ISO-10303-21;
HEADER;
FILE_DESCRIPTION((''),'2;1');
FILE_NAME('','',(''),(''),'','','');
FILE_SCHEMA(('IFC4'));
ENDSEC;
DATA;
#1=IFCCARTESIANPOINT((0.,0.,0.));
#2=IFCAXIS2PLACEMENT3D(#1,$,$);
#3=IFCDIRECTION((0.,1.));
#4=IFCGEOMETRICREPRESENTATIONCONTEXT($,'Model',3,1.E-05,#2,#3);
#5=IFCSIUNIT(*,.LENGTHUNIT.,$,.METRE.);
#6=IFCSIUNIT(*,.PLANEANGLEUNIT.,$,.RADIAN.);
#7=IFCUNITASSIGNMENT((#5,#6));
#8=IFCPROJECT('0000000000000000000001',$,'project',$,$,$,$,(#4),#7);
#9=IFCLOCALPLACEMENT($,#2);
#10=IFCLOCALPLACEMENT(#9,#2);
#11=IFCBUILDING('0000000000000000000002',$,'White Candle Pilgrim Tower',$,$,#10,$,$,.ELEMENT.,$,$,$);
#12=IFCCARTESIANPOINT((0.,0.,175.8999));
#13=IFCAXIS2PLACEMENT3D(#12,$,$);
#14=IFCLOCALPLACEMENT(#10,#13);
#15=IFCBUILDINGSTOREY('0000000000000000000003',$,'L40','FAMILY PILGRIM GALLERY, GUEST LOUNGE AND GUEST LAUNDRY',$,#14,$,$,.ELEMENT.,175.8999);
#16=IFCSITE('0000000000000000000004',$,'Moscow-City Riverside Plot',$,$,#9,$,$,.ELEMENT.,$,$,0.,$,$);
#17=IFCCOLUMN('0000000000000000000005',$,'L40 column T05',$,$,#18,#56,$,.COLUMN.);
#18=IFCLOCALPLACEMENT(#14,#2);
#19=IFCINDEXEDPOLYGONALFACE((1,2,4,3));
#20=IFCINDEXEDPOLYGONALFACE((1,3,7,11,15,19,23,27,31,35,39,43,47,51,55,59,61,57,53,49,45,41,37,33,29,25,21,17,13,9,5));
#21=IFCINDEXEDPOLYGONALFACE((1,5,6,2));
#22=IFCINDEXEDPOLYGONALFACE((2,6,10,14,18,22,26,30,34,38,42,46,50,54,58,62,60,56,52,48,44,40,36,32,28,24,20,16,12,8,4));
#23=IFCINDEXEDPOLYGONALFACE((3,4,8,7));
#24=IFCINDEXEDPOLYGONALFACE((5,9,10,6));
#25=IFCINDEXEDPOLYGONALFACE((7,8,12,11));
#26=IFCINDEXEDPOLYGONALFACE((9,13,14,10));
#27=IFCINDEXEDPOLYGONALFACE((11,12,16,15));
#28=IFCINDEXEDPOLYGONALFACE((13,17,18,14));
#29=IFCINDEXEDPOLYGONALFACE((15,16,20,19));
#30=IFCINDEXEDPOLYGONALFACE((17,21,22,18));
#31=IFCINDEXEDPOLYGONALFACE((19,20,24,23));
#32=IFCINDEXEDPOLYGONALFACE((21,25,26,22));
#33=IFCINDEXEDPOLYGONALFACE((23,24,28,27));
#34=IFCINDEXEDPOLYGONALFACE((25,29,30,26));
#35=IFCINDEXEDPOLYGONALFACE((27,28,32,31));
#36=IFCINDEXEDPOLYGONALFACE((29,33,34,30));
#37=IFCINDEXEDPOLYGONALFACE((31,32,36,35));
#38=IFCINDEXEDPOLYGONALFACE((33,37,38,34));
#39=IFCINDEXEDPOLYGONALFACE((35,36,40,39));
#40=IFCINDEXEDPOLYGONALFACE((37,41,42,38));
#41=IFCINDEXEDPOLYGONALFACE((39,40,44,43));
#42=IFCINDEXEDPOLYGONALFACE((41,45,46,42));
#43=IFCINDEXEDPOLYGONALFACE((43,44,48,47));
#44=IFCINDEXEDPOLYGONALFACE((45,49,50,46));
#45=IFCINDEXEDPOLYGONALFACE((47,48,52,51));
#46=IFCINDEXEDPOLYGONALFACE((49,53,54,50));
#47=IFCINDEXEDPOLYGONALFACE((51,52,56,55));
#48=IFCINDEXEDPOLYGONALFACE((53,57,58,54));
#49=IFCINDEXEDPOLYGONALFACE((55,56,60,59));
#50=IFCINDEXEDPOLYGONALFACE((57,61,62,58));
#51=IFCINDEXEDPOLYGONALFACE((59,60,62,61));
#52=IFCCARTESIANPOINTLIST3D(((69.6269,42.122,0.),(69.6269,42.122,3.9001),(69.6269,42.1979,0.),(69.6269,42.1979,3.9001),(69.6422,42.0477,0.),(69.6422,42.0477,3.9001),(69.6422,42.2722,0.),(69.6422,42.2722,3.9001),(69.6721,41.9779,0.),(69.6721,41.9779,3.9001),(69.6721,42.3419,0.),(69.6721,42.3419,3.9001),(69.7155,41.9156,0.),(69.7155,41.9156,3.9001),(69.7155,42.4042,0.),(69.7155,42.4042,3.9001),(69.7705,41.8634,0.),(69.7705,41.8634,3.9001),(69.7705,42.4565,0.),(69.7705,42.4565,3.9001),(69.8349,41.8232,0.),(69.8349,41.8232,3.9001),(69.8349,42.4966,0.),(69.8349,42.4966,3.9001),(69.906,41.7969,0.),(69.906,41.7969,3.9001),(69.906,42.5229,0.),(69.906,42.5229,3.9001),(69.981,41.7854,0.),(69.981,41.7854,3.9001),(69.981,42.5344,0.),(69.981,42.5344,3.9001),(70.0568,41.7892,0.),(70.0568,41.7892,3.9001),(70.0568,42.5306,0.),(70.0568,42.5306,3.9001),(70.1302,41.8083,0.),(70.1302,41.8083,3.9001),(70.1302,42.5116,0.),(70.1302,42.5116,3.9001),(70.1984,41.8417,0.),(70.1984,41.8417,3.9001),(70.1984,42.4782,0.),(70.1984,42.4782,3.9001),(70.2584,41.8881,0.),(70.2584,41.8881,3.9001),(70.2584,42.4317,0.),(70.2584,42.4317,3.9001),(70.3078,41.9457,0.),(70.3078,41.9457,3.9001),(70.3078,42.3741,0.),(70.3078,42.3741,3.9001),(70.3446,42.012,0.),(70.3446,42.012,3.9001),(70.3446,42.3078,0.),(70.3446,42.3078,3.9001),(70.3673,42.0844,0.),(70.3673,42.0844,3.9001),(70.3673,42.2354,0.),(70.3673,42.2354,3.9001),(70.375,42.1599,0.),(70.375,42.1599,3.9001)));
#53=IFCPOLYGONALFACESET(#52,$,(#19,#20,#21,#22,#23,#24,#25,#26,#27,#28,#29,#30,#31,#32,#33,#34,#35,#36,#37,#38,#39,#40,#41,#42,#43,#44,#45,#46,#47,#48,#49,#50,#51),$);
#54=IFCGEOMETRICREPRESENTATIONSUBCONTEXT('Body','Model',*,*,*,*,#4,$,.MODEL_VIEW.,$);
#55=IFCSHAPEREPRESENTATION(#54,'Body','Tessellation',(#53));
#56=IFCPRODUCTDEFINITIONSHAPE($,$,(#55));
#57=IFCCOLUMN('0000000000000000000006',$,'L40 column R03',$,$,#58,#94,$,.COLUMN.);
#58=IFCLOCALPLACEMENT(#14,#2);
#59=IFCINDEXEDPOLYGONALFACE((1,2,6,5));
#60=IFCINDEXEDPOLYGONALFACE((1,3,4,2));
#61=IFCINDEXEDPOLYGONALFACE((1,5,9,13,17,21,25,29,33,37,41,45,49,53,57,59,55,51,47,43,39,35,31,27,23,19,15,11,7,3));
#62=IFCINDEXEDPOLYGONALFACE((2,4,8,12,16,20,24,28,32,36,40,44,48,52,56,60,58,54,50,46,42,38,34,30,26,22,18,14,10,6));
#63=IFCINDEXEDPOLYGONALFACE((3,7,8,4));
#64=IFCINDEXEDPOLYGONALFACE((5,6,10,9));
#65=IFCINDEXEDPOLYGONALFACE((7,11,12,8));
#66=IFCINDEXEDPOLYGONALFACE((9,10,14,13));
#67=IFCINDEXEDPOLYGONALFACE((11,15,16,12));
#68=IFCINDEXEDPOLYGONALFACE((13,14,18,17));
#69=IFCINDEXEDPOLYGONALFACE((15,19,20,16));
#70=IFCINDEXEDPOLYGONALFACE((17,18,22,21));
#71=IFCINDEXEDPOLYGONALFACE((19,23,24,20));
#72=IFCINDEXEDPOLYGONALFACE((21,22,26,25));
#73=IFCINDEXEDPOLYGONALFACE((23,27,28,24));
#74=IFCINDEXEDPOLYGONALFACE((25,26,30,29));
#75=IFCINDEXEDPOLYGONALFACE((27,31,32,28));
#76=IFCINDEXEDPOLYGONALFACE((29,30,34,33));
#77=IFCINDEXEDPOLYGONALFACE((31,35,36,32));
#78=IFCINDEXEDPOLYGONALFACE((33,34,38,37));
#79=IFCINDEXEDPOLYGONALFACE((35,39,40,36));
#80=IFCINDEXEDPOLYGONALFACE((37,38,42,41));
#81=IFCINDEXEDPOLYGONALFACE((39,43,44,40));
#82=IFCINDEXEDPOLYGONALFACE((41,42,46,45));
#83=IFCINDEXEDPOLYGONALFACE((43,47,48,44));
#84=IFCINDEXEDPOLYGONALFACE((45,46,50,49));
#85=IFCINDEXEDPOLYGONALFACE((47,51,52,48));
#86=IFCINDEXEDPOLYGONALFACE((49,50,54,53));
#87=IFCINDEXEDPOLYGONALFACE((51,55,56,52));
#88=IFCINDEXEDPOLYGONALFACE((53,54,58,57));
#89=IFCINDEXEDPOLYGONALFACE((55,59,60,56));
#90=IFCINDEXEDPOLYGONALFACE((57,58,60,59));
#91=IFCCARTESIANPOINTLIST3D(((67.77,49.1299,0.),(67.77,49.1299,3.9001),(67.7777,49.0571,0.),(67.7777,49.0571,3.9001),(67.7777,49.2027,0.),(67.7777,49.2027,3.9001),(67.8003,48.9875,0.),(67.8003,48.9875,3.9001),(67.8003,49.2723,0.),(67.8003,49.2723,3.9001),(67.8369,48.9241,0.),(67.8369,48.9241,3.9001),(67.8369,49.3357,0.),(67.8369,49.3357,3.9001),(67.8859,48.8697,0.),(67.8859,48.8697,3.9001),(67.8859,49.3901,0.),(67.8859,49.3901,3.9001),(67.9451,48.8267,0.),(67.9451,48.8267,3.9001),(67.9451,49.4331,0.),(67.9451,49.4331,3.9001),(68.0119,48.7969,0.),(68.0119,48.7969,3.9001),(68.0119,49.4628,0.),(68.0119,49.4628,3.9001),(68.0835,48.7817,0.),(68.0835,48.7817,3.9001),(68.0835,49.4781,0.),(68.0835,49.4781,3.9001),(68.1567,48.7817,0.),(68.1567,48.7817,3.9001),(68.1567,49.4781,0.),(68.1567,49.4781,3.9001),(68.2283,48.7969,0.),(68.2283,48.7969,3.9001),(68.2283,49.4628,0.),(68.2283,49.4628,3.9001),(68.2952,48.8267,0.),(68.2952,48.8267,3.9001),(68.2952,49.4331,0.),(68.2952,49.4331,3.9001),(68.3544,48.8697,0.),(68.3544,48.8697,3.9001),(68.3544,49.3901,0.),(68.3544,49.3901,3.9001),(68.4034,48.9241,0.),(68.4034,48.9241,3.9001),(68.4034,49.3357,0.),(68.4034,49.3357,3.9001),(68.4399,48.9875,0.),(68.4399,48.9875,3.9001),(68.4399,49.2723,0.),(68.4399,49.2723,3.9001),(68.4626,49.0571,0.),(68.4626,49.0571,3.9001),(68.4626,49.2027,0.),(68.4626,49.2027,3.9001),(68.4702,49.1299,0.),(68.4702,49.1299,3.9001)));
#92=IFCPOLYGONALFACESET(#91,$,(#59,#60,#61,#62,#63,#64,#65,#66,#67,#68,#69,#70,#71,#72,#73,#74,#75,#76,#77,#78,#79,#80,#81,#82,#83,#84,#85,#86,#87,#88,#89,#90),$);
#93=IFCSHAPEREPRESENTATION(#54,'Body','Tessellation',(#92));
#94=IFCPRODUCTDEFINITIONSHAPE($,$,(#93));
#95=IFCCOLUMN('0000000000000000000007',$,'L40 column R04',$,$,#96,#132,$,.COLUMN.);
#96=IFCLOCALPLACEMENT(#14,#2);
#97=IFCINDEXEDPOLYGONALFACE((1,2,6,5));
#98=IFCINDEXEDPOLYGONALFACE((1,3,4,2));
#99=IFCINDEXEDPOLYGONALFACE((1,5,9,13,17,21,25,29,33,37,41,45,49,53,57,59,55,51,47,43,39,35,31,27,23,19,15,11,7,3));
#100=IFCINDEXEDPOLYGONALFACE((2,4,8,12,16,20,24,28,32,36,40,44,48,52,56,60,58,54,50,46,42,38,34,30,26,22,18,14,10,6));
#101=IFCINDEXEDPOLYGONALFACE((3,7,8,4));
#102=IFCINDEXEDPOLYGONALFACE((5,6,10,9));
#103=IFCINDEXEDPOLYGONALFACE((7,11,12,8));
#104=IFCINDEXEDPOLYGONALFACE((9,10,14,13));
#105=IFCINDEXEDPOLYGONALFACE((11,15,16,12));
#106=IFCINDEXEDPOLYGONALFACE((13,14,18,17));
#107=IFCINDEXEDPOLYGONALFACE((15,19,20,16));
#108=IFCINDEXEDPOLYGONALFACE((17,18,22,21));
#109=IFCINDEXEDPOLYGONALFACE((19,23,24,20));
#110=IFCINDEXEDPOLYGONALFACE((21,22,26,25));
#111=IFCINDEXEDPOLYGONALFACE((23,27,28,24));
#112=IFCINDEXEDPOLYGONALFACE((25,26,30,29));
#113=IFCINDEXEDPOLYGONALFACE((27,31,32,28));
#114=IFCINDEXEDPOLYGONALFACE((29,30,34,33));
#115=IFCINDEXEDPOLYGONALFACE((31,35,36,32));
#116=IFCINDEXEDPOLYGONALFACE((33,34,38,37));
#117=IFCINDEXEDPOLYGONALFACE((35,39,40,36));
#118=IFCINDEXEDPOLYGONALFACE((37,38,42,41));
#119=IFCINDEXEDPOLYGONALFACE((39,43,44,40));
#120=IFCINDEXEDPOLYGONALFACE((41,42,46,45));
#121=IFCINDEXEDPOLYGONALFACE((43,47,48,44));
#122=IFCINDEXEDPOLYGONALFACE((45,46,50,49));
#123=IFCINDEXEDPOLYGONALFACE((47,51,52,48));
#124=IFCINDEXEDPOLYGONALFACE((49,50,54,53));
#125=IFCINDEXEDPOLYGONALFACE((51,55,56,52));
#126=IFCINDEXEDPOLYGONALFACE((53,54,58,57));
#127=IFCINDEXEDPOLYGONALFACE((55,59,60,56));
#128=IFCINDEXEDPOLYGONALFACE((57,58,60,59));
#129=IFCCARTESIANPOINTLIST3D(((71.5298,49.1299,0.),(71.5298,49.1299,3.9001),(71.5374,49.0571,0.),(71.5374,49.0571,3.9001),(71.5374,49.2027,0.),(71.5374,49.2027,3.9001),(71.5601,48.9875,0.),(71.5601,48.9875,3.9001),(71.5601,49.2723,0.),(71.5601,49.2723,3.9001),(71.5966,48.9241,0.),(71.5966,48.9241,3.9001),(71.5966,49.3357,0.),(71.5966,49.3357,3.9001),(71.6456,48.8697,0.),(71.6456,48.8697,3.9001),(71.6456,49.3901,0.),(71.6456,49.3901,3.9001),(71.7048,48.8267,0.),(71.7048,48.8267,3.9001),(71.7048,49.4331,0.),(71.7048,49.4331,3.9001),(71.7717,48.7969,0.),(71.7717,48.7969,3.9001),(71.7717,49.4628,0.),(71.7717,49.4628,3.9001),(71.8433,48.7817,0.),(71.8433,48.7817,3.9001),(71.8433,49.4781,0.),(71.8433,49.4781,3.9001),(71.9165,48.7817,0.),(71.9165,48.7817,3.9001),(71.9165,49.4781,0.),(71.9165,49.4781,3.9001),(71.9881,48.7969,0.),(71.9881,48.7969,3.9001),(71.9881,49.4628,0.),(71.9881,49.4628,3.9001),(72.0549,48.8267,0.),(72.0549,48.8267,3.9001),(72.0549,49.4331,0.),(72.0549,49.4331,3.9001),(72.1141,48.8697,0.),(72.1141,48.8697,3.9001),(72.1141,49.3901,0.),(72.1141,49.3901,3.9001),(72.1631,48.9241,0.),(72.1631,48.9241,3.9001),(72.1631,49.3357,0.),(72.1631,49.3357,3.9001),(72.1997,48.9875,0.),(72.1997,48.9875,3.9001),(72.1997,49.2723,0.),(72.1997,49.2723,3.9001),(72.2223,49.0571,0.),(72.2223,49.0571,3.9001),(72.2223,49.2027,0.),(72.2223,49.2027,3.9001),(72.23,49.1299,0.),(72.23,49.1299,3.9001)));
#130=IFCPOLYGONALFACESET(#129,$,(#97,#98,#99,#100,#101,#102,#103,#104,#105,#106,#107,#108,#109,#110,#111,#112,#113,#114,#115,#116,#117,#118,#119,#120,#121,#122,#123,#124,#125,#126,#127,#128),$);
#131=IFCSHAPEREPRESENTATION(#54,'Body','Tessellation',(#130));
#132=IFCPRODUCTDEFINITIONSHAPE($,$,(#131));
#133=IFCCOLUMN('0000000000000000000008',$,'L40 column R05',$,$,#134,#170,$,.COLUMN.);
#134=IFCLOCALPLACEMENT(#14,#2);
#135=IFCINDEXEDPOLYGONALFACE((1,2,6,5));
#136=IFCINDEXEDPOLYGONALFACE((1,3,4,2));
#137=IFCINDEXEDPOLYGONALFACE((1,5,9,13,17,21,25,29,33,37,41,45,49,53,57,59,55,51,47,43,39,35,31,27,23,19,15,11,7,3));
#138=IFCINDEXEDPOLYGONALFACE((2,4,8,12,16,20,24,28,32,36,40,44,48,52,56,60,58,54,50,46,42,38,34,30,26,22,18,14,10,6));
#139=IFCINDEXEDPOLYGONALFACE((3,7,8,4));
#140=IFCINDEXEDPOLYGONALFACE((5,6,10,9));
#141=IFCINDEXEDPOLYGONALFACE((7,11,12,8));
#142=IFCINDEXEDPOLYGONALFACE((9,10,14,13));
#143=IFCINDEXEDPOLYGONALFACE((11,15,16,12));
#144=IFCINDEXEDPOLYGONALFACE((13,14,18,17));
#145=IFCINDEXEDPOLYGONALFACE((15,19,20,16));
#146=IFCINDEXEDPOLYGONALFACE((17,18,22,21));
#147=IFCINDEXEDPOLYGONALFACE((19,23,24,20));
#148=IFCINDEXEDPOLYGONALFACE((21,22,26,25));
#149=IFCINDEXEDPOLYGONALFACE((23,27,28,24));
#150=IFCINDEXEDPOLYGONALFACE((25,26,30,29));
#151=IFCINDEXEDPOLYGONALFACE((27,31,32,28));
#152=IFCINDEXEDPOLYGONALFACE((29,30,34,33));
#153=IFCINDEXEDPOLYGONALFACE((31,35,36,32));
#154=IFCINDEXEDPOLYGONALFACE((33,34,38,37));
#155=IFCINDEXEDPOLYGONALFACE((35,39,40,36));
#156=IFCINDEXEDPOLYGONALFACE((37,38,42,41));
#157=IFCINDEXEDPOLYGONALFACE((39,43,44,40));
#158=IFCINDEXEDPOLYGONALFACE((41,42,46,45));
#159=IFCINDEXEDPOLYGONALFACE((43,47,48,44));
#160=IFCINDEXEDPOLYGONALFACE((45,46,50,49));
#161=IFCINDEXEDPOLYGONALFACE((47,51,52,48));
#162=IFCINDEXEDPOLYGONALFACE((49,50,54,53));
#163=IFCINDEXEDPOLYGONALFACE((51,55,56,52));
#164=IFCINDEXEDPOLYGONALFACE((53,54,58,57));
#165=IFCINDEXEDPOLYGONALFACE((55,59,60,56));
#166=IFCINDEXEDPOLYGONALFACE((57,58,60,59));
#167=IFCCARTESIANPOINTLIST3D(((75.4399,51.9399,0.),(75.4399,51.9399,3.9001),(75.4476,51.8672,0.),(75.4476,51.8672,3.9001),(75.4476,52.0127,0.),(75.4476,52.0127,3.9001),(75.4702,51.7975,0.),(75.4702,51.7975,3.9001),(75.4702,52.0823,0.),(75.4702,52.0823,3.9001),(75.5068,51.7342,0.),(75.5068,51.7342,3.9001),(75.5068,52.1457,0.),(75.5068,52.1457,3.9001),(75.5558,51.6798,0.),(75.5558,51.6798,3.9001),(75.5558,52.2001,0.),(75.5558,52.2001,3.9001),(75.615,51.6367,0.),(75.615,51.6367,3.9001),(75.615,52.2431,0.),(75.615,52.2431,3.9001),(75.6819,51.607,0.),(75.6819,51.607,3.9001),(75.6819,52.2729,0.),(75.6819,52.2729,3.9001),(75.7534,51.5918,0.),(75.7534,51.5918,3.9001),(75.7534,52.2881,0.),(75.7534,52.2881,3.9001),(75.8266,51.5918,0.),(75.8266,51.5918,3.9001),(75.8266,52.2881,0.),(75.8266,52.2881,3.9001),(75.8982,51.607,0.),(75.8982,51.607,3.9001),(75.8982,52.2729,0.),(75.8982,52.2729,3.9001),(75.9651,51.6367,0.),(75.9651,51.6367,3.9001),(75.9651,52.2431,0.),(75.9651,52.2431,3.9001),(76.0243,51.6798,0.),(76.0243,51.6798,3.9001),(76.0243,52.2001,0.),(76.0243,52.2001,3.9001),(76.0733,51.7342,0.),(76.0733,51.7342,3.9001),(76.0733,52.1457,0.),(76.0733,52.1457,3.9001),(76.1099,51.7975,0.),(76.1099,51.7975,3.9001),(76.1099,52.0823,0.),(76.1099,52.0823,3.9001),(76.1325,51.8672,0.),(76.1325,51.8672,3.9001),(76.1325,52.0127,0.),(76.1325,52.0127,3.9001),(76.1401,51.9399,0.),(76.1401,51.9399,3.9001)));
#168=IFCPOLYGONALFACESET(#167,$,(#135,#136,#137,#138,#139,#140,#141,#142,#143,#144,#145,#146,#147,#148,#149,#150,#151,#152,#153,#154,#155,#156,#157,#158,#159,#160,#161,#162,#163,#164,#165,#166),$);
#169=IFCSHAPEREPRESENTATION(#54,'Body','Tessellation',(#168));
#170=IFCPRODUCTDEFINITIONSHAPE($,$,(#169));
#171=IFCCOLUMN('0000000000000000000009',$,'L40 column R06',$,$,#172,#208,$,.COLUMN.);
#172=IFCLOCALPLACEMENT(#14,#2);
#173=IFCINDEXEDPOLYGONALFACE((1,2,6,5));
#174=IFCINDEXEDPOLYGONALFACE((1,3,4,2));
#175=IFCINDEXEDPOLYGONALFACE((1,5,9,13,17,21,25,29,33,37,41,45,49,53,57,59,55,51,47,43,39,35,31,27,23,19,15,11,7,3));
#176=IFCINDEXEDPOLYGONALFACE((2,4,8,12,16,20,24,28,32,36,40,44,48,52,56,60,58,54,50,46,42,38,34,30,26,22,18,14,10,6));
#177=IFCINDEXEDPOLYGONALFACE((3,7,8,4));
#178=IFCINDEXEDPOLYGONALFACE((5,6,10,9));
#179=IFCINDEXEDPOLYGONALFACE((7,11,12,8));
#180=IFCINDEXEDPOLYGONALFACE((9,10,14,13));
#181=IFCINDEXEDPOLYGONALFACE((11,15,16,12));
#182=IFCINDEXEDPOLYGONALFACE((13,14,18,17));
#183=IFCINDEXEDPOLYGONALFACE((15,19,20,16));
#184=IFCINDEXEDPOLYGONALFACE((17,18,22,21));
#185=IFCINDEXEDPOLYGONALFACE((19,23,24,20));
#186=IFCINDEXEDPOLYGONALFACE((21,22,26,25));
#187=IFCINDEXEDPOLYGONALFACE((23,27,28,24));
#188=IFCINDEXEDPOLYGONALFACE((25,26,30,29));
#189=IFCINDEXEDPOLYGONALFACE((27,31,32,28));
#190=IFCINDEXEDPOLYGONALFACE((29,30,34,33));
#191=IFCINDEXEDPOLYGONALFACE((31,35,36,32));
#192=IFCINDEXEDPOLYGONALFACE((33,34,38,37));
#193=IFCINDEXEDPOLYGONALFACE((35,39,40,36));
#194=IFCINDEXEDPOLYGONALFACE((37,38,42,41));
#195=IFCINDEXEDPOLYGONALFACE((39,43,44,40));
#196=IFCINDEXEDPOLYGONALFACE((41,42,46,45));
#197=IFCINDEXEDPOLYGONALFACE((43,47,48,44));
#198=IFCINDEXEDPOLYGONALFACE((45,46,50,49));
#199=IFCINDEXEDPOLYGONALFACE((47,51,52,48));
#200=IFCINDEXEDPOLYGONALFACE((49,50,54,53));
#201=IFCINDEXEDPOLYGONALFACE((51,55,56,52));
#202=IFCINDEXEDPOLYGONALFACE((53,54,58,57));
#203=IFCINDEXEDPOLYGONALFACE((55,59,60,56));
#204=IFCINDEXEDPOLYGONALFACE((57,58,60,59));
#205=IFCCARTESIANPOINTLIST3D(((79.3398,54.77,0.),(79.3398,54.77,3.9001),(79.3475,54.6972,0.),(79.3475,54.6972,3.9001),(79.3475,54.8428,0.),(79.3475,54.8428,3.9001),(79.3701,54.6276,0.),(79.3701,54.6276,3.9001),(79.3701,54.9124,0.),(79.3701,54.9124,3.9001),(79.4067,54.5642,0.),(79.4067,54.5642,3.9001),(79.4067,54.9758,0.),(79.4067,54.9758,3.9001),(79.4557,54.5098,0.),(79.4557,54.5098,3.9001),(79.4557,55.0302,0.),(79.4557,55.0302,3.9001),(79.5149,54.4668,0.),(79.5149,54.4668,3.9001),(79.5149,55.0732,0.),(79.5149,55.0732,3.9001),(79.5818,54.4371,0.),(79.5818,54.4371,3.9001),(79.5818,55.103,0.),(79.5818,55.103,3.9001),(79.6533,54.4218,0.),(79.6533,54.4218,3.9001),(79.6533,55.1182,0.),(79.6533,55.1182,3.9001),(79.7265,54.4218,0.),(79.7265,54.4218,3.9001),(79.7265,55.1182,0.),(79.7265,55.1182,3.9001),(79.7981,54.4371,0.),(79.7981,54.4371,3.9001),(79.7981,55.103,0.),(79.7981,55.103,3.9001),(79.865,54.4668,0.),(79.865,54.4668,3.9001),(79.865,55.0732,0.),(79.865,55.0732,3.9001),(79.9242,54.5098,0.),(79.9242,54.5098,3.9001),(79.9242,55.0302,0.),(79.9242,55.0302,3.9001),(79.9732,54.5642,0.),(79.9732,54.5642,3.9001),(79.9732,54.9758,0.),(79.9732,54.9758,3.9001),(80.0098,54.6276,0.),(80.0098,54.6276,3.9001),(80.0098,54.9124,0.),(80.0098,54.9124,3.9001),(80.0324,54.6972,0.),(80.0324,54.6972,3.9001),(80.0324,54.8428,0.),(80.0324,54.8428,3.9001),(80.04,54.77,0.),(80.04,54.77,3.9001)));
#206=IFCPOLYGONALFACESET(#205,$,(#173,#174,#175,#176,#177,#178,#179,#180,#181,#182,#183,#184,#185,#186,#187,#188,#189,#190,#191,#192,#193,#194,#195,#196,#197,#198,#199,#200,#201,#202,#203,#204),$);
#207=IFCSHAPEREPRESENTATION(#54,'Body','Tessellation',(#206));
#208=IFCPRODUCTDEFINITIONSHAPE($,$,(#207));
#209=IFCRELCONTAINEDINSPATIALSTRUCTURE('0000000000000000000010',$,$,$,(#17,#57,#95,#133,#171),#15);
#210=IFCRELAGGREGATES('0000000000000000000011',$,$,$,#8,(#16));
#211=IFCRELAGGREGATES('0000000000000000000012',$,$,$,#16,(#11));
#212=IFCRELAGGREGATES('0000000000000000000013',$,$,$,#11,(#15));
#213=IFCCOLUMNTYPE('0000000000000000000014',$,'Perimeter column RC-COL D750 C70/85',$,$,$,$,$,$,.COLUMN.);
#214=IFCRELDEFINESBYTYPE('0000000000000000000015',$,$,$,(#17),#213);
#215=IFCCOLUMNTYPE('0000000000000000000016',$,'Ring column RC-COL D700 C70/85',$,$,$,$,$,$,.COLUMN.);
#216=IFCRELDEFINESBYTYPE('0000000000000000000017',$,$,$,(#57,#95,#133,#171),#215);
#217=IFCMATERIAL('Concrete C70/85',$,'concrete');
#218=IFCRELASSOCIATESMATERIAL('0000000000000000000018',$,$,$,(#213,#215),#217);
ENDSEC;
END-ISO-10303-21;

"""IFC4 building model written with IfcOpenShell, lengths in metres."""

from ifc_helpers import new_model, si_unit, direction, frame, origin, origin_2d, place, context, subcontext, project, spatial, circle, extrude, material, material_profile, profile_set, type_object, element, save


model = new_model("IFC4")

# Units and contexts
model_context = context("Model", 3, precision=1e-05, world=origin(), true_north=direction((0.0, 1.0)))
body_context = subcontext(model_context, "Body", "Model", "MODEL_VIEW")
ifc_project = project(units=[si_unit("LENGTHUNIT", "METRE"), si_unit("PLANEANGLEUNIT", "RADIAN")], contexts=[model_context])

# Site, building, storey
site_placement = place(None, origin())
site = spatial("IfcSite", under=ifc_project, at=site_placement, Name="Moscow-City Riverside Plot", CompositionType="ELEMENT", RefElevation=0.0)
building_placement = place(site_placement, origin())
building = spatial("IfcBuilding", under=site, at=building_placement, Name="White Candle Pilgrim Tower", CompositionType="ELEMENT")
storey_placement = place(building_placement, frame((0.0, 0.0, 175.8999)))
storey = spatial("IfcBuildingStorey", under=building, at=storey_placement, Name="L40", Description="FAMILY PILGRIM GALLERY, GUEST LOUNGE AND GUEST LAUNDRY", CompositionType="ELEMENT", Elevation=175.8999)

# Columns
ifc_material_1 = material(Name="Concrete C70/85", Category="concrete")
ifc_material_profile_1 = material_profile(ifc_material_1, circle(Radius=0.375, at=origin_2d()), Name="RC-COL D750")
ifc_profile_set_1 = profile_set([ifc_material_profile_1], Name="Concrete C70/85")
column_type_1 = type_object("IfcColumnType", Name="Perimeter column RC-COL D750 C70/85", PredefinedType="COLUMN", material=ifc_profile_set_1)
column_placement = place(storey_placement, frame((70.0, 42.1599, 0.0), z_axis=(0.0, 0.0, 1.0), x_axis=(1.0, 0.0, 0.0)))
element("IfcColumn", 1, at=column_placement, inside=storey, type_object=column_type_1, Name="L40 column T05", PredefinedType="COLUMN", context=body_context, shape_type="SweptSolid", body=[
    extrude(circle(Radius=0.375, at=origin_2d()), origin(), (0.0, 0.0, 1.0), 3.9001),
])
ifc_material_profile_2 = material_profile(ifc_material_1, circle(Radius=0.3501, at=origin_2d()), Name="RC-COL D700")
ifc_profile_set_2 = profile_set([ifc_material_profile_2], Name="Concrete C70/85")
column_type_2 = type_object("IfcColumnType", Name="Ring column RC-COL D700 C70/85", PredefinedType="COLUMN", material=ifc_profile_set_2)
for number, where, z_axis, x_axis, name in (
    (2, (68.1201, 49.1299, 0.0), (0.0, 0.0, 1.0), (1.0, 0.0, 0.0), "L40 column R03"),
    (3, (71.8799, 49.1299, 0.0), (0.0, 0.0, 1.0), (1.0, 0.0, 0.0), "L40 column R04"),
    (4, (75.79, 51.9399, 0.0), (0.0, 0.0, 1.0), (1.0, 0.0, 0.0), "L40 column R05"),
    (5, (79.6899, 54.77, 0.0), (0.0, 0.0, 1.0), (1.0, 0.0, 0.0), "L40 column R06"),
):
    element("IfcColumn", number, at=place(storey_placement, frame(where, z_axis=z_axis, x_axis=x_axis)), inside=storey, type_object=column_type_2, Name=name, PredefinedType="COLUMN", context=body_context, shape_type="SweptSolid", body=[
        extrude(circle(Radius=0.3501, at=origin_2d()), origin(), (0.0, 0.0, 1.0), 3.9001),
    ])

save(model, "model.ifc")
